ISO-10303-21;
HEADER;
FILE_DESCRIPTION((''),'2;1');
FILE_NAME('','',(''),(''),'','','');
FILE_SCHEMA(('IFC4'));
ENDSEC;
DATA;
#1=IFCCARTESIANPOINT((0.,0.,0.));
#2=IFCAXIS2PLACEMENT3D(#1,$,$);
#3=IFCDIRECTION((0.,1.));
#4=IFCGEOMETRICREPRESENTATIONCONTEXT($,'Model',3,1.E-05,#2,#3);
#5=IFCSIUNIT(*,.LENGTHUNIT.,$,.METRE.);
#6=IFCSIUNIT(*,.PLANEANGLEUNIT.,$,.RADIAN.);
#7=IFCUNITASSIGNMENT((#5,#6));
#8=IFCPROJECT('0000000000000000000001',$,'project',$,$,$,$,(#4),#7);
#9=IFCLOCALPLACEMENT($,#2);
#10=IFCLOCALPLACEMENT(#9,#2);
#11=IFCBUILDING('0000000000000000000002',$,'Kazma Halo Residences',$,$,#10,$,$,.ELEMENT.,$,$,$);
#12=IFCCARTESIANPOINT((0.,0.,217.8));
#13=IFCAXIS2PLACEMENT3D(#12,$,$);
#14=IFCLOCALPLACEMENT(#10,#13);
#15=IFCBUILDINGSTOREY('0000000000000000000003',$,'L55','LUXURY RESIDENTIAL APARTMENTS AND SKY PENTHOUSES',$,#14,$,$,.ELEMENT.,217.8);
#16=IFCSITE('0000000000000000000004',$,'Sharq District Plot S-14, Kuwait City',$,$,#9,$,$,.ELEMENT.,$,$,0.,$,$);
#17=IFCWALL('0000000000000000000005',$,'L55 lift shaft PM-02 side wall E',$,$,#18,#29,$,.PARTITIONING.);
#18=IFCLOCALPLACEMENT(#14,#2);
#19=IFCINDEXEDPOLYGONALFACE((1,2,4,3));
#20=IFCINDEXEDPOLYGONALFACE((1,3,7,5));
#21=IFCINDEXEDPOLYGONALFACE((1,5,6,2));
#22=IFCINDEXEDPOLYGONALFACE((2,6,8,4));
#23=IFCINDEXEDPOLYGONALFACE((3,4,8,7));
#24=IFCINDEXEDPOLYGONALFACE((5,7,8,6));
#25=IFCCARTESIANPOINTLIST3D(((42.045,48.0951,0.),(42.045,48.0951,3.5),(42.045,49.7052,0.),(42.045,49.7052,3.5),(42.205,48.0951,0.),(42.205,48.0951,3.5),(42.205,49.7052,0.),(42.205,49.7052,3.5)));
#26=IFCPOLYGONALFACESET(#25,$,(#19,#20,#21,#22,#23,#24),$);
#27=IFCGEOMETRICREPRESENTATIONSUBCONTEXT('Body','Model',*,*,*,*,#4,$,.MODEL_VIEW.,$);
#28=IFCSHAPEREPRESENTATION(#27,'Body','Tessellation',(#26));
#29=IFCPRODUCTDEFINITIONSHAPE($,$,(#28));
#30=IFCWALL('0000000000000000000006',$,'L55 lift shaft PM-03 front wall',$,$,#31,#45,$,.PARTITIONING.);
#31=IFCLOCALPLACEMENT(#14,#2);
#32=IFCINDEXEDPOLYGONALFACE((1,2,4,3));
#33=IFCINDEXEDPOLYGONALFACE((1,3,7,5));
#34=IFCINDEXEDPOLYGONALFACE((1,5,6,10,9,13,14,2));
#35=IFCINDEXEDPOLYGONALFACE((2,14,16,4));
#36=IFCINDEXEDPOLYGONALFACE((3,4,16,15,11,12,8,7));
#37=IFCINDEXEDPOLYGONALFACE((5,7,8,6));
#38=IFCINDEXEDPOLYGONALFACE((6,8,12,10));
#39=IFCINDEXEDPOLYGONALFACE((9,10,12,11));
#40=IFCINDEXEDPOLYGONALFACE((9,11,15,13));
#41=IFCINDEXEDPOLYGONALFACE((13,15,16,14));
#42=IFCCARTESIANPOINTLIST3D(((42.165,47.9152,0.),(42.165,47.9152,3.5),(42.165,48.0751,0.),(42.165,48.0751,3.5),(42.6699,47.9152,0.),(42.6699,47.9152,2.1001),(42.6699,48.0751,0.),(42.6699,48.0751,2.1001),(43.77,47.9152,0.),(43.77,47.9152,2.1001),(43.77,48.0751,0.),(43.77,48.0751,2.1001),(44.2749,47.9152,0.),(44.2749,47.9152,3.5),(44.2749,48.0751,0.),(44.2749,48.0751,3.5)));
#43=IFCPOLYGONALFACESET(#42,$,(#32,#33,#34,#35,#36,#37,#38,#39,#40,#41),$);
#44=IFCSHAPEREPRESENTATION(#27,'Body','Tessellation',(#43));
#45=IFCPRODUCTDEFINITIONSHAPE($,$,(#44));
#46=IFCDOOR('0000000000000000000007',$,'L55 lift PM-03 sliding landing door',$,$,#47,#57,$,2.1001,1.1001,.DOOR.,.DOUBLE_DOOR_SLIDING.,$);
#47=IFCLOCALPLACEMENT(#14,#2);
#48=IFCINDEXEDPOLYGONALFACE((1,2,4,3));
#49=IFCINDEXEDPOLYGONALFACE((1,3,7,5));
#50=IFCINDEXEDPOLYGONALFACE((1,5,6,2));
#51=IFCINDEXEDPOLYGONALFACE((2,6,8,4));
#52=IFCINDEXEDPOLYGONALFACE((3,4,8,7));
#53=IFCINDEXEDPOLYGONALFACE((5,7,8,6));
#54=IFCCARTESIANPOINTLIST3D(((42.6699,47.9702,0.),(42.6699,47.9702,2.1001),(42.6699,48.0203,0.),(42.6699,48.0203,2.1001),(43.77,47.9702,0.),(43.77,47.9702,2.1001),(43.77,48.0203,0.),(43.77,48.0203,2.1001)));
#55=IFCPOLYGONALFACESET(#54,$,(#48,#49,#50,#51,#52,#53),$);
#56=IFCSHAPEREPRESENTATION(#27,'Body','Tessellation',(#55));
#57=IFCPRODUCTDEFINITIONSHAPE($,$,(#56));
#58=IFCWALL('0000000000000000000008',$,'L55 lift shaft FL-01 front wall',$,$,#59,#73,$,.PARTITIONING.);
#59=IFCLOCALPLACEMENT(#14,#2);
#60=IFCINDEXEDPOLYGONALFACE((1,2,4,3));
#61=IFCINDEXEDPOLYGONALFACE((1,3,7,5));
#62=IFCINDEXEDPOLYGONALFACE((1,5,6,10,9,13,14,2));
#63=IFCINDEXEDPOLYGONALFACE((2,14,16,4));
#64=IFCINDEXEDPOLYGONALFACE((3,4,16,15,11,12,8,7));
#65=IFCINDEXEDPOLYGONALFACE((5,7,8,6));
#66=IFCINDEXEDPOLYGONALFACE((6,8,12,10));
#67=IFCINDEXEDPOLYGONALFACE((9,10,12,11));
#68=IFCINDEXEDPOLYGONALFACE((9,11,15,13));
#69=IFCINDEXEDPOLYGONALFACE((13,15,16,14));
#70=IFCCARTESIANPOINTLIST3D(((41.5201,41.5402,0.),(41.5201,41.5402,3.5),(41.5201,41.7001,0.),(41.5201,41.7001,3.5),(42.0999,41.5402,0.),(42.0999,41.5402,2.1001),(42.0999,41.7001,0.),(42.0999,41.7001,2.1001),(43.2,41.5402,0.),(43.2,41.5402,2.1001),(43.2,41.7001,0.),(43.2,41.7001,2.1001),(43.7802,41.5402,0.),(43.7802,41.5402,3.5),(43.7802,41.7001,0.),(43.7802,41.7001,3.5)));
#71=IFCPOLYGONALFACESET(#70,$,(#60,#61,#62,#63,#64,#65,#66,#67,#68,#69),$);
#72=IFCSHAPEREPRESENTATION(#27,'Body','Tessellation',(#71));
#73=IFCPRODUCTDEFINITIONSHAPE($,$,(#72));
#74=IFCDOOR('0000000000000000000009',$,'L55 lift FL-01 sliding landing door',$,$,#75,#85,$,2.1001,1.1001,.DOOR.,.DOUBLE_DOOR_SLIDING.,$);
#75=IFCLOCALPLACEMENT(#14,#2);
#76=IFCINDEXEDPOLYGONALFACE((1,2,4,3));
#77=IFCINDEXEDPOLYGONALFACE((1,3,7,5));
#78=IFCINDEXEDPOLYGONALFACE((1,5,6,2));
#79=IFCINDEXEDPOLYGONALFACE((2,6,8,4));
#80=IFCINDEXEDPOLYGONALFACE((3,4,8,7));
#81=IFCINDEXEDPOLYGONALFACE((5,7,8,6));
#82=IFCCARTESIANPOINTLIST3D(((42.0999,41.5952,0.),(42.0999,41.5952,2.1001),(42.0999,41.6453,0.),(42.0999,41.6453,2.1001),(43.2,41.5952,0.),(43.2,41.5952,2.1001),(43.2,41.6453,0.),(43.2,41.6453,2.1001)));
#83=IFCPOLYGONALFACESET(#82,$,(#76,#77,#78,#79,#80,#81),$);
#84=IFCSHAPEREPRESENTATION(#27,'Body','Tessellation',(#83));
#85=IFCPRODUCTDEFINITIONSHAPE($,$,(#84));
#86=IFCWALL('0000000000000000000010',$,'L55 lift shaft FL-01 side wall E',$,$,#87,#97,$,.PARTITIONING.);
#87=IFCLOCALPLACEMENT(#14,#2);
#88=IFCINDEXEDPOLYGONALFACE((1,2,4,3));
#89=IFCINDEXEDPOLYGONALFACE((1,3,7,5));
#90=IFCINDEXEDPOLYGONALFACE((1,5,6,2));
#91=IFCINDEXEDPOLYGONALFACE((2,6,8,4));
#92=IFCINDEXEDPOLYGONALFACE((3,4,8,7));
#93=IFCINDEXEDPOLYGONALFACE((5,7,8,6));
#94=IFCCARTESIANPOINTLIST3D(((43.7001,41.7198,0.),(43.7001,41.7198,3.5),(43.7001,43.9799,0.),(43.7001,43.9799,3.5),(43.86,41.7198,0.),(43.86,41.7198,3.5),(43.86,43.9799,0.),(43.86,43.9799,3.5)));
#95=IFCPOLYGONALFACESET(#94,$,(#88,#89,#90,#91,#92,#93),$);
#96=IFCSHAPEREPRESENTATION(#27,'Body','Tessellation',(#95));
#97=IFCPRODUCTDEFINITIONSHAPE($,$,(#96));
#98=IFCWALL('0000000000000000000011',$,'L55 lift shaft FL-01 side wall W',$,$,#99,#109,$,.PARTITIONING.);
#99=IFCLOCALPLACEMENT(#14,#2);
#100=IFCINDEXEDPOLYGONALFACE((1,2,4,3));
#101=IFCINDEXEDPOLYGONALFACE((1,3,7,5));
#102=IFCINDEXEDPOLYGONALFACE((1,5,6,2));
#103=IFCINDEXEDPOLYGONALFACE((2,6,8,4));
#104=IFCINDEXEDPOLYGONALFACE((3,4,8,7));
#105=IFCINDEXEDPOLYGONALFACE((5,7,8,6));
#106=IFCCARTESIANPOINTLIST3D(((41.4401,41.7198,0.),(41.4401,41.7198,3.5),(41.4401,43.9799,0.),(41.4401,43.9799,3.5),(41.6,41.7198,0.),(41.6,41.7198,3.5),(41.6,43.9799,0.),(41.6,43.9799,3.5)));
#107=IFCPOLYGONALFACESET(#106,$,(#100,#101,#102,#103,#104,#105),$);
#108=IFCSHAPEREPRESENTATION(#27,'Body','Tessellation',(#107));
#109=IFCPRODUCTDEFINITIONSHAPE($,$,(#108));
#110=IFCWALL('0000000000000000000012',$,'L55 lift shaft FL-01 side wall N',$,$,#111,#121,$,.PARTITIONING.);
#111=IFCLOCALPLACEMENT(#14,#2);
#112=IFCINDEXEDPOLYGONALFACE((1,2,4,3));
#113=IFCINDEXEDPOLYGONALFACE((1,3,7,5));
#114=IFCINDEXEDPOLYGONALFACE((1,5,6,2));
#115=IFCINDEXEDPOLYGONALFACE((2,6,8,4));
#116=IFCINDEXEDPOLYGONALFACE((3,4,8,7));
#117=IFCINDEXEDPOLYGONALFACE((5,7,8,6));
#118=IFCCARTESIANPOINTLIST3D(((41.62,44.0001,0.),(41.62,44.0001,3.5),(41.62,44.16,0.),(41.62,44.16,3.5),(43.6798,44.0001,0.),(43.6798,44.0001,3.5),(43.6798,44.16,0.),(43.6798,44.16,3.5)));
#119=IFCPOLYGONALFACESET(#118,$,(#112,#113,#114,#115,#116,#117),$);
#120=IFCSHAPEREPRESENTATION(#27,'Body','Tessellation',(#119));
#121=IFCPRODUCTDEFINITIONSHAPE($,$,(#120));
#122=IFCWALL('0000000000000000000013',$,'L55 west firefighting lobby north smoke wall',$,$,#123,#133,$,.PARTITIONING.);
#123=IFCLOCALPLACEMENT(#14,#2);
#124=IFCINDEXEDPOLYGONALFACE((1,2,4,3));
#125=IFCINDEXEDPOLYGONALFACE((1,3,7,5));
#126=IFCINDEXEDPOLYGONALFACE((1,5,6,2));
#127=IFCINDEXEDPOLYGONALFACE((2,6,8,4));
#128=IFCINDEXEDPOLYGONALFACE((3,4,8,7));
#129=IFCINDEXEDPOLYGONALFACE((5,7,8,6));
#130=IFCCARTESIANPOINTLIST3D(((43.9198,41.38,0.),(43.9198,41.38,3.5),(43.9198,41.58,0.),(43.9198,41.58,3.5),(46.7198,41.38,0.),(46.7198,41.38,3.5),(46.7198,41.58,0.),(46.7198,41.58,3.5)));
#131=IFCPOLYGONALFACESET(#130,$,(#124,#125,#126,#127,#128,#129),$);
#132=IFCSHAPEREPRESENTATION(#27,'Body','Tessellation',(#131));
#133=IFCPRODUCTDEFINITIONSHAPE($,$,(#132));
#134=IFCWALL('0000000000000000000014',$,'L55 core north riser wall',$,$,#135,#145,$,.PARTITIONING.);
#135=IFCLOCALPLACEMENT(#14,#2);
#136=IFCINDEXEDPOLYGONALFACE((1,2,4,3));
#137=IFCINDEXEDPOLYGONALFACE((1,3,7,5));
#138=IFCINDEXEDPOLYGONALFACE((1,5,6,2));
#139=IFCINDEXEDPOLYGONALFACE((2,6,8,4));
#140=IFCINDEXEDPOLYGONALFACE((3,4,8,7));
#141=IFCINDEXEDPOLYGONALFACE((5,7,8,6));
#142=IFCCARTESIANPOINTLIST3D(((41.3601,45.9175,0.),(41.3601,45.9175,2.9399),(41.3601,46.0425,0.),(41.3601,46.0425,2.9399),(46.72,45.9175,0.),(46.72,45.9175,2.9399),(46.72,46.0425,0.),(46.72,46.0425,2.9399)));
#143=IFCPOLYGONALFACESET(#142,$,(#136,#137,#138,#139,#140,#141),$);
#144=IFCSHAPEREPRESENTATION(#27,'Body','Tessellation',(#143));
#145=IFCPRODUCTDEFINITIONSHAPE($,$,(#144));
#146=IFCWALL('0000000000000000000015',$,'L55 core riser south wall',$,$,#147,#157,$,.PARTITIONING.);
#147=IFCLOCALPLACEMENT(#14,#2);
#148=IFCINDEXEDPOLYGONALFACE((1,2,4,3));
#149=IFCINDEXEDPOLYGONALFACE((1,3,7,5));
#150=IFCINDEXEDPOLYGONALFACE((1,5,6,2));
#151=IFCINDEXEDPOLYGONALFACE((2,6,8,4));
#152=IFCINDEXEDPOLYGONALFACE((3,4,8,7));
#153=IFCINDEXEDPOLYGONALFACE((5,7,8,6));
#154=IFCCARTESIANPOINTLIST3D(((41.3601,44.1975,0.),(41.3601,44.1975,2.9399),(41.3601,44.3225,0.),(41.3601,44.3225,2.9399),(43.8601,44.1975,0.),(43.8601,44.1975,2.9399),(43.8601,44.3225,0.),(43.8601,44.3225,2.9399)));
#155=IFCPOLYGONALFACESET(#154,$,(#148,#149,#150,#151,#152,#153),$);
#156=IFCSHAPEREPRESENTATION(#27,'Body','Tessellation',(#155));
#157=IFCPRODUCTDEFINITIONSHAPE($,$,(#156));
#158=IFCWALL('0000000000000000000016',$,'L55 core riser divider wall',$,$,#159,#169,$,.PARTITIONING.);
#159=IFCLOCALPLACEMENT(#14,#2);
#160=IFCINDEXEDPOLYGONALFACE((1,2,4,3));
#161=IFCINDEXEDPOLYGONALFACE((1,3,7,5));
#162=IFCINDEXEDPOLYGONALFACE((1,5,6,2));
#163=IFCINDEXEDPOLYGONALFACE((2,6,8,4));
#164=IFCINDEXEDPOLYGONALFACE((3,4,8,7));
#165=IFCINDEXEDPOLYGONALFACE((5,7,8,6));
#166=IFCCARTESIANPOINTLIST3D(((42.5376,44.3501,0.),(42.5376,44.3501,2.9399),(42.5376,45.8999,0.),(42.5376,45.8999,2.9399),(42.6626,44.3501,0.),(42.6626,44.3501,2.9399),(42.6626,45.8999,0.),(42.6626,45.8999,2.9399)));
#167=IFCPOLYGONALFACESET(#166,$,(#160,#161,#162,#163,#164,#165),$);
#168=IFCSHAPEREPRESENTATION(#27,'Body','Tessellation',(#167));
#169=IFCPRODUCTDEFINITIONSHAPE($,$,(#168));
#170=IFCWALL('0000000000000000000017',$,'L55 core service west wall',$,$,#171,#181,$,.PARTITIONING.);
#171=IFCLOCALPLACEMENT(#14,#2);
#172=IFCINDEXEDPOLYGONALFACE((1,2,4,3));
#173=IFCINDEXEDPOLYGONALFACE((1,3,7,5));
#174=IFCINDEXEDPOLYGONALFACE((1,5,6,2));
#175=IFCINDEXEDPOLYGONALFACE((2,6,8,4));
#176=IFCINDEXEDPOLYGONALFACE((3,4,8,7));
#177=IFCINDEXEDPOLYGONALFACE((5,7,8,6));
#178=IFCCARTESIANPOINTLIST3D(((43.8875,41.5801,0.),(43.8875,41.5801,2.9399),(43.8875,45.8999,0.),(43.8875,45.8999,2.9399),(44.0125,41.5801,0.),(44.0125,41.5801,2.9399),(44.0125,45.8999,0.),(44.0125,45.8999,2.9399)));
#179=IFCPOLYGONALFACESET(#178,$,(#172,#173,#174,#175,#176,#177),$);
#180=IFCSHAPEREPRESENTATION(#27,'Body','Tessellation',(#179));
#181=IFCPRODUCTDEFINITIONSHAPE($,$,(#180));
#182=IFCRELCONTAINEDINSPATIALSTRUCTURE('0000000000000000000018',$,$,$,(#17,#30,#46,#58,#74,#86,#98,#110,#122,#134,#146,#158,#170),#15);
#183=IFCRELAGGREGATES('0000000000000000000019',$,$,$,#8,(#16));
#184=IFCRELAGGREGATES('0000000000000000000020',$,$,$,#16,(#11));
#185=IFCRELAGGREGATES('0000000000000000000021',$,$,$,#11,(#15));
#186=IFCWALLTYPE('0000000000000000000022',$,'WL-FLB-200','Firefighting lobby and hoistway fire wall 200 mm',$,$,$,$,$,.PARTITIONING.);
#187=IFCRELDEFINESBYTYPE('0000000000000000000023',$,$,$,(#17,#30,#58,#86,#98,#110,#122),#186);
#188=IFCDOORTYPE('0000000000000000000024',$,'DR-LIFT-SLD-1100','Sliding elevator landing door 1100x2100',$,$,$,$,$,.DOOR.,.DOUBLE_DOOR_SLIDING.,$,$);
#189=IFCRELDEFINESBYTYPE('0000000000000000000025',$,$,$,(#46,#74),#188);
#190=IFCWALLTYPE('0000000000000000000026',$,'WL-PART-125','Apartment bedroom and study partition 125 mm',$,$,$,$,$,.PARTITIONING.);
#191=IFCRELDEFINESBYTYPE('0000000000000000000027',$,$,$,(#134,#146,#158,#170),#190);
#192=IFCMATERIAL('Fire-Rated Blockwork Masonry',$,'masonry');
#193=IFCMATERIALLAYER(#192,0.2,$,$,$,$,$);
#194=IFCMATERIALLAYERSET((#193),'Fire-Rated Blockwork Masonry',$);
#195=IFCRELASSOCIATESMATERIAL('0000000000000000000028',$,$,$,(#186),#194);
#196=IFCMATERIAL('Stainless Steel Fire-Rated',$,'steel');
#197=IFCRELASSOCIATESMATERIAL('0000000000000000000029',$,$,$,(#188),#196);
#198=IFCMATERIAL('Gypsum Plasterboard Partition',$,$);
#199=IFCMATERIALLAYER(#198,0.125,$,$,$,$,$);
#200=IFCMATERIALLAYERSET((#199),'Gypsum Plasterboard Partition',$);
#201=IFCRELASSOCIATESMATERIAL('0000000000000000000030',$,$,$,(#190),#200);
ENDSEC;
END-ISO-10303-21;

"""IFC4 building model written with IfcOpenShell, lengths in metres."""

from ifc_helpers import new_model, si_unit, direction, frame, frame_2d, origin, place, context, subcontext, project, spatial, rectangle, extrude, material, layer, layer_set, type_object, element, fill, save


model = new_model("IFC4")

# Units and contexts
model_context = context("Model", 3, precision=1e-05, world=origin(), true_north=direction((0.0, 1.0)))
body_context = subcontext(model_context, "Body", "Model", "MODEL_VIEW")
ifc_project = project(units=[si_unit("LENGTHUNIT", "METRE"), si_unit("PLANEANGLEUNIT", "RADIAN")], contexts=[model_context])

# Site, building, storey
site_placement = place(None, origin())
site = spatial("IfcSite", under=ifc_project, at=site_placement, Name="Sharq District Plot S-14, Kuwait City", CompositionType="ELEMENT", RefElevation=0.0)
building_placement = place(site_placement, origin())
building = spatial("IfcBuilding", under=site, at=building_placement, Name="Kazma Halo Residences", CompositionType="ELEMENT")
storey_placement = place(building_placement, frame((0.0, 0.0, 217.8)))
storey = spatial("IfcBuildingStorey", under=building, at=storey_placement, Name="L55", Description="LUXURY RESIDENTIAL APARTMENTS AND SKY PENTHOUSES", CompositionType="ELEMENT", Elevation=217.8)

# Shared definitions
ifc_material_1 = material(Name="Fire-Rated Blockwork Masonry", Category="masonry")
ifc_layer_1 = layer(ifc_material_1, 0.2)
ifc_layer_set_1 = layer_set([ifc_layer_1], Name="Fire-Rated Blockwork Masonry")
wall_type_1 = type_object("IfcWallType", Name="WL-FLB-200", Description="Firefighting lobby and hoistway fire wall 200 mm", PredefinedType="PARTITIONING", material=ifc_layer_set_1)
ifc_material_2 = material(Name="Stainless Steel Fire-Rated", Category="steel")
door_type = type_object("IfcDoorType", Name="DR-LIFT-SLD-1100", Description="Sliding elevator landing door 1100x2100", OperationType="DOUBLE_DOOR_SLIDING", PredefinedType="DOOR", material=ifc_material_2)

# Wall
wall_1_placement = place(storey_placement, frame((42.125, 48.095, 0.0), z_axis=(0.0, 0.0, 1.0), x_axis=(0.0, 1.0, 0.0)))
element("IfcWall", 1, at=wall_1_placement, inside=storey, type_object=wall_type_1, Name="L55 lift shaft PM-02 side wall E", PredefinedType="PARTITIONING", context=body_context, shape_type="SweptSolid", body=[
    extrude(rectangle(XDim=1.6101, YDim=0.1599, at=frame_2d((0.8052, 0.0))), origin(), (0.0, 0.0, 1.0), 3.5),
])

# Walls, openings, doors
wall_2_placement = place(storey_placement, frame((44.2749, 47.9951, 0.0), z_axis=(0.0, 0.0, 1.0), x_axis=(-1.0, 0.0, 0.0)))
wall_2 = element("IfcWall", 2, at=wall_2_placement, inside=storey, type_object=wall_type_1, Name="L55 lift shaft PM-03 front wall", PredefinedType="PARTITIONING", context=body_context, shape_type="SweptSolid", body=[
    extrude(rectangle(XDim=2.1099, YDim=0.1599, at=frame_2d((1.0549, 0.0))), origin(), (0.0, 0.0, 1.0), 3.5),
])
opening_1_placement = place(wall_2_placement, frame((0.5049, 0.0, 0.0)))
opening_1 = element("IfcOpeningElement", 3, at=opening_1_placement, cuts=wall_2, PredefinedType="OPENING", context=body_context, shape_type="SweptSolid", body=[
    extrude(rectangle(XDim=1.1001, YDim=2.1001, at=frame_2d((0.55, 1.05))), frame((0.0, 0.0898, 0.0), z_axis=(0.0, -1.0, 0.0), x_axis=(1.0, 0.0, 0.0)), (0.0, 0.0, 1.0), 0.1799),
])
door_1_placement = place(opening_1_placement, origin())
door_1 = element("IfcDoor", 4, at=door_1_placement, inside=storey, type_object=door_type, Name="L55 lift PM-03 sliding landing door", OperationType="DOUBLE_DOOR_SLIDING", OverallHeight=2.1001, OverallWidth=1.1001, PredefinedType="DOOR", context=body_context, shape_type="SweptSolid", body=[
    extrude(rectangle(XDim=1.1001, YDim=2.1001, at=frame_2d((0.55, 1.05))), frame((0.0, 0.0249, 0.0), z_axis=(0.0, -1.0, 0.0), x_axis=(1.0, 0.0, 0.0)), (0.0, 0.0, 1.0), 0.05),
])
fill(opening_1, door_1)
wall_3_placement = place(storey_placement, frame((43.78, 41.6201, 0.0), z_axis=(0.0, 0.0, 1.0), x_axis=(-1.0, 0.0, 0.0)))
wall_3 = element("IfcWall", 5, at=wall_3_placement, inside=storey, type_object=wall_type_1, Name="L55 lift shaft FL-01 front wall", PredefinedType="PARTITIONING", context=body_context, shape_type="SweptSolid", body=[
    extrude(rectangle(XDim=2.26, YDim=0.1599, at=frame_2d((1.1299, 0.0))), origin(), (0.0, 0.0, 1.0), 3.5),
])
opening_2_placement = place(wall_3_placement, frame((0.5801, 0.0, 0.0)))
opening_2 = element("IfcOpeningElement", 6, at=opening_2_placement, cuts=wall_3, PredefinedType="OPENING", context=body_context, shape_type="SweptSolid", body=[
    extrude(rectangle(XDim=1.1001, YDim=2.1001, at=frame_2d((0.55, 1.05))), frame((0.0, 0.0898, 0.0), z_axis=(0.0, -1.0, 0.0), x_axis=(1.0, 0.0, 0.0)), (0.0, 0.0, 1.0), 0.1799),
])
door_2_placement = place(opening_2_placement, origin())
door_2 = element("IfcDoor", 7, at=door_2_placement, inside=storey, type_object=door_type, Name="L55 lift FL-01 sliding landing door", OperationType="DOUBLE_DOOR_SLIDING", OverallHeight=2.1001, OverallWidth=1.1001, PredefinedType="DOOR", context=body_context, shape_type="SweptSolid", body=[
    extrude(rectangle(XDim=1.1001, YDim=2.1001, at=frame_2d((0.55, 1.05))), frame((0.0, 0.0249, 0.0), z_axis=(0.0, -1.0, 0.0), x_axis=(1.0, 0.0, 0.0)), (0.0, 0.0, 1.0), 0.05),
])
fill(opening_2, door_2)

# Walls
for number, where, z_axis, x_axis, name in (
    (8, (43.78, 41.72, 0.0), (0.0, 0.0, 1.0), (0.0, 1.0, 0.0), "L55 lift shaft FL-01 side wall E"),
    (9, (41.52, 41.72, 0.0), (0.0, 0.0, 1.0), (0.0, 1.0, 0.0), "L55 lift shaft FL-01 side wall W"),
):
    element("IfcWall", number, at=place(storey_placement, frame(where, z_axis=z_axis, x_axis=x_axis)), inside=storey, type_object=wall_type_1, Name=name, PredefinedType="PARTITIONING", context=body_context, shape_type="SweptSolid", body=[
        extrude(rectangle(XDim=2.26, YDim=0.1599, at=frame_2d((1.1299, 0.0))), origin(), (0.0, 0.0, 1.0), 3.5),
    ])
wall_4_placement = place(storey_placement, frame((41.6201, 44.0801, 0.0), z_axis=(0.0, 0.0, 1.0), x_axis=(1.0, 0.0, 0.0)))
element("IfcWall", 10, at=wall_4_placement, inside=storey, type_object=wall_type_1, Name="L55 lift shaft FL-01 side wall N", PredefinedType="PARTITIONING", context=body_context, shape_type="SweptSolid", body=[
    extrude(rectangle(XDim=2.0598, YDim=0.1599, at=frame_2d((1.0298, 0.0))), origin(), (0.0, 0.0, 1.0), 3.5),
])
wall_5_placement = place(storey_placement, frame((43.9199, 41.48, 0.0), z_axis=(0.0, 0.0, 1.0), x_axis=(1.0, 0.0, 0.0)))
element("IfcWall", 11, at=wall_5_placement, inside=storey, type_object=wall_type_1, Name="L55 west firefighting lobby north smoke wall", PredefinedType="PARTITIONING", context=body_context, shape_type="SweptSolid", body=[
    extrude(rectangle(XDim=2.8, YDim=0.2, at=frame_2d((1.3999, 0.0))), origin(), (0.0, 0.0, 1.0), 3.5),
])
ifc_material_3 = material(Name="Gypsum Plasterboard Partition")
ifc_layer_2 = layer(ifc_material_3, 0.125)
ifc_layer_set_2 = layer_set([ifc_layer_2], Name="Gypsum Plasterboard Partition")
wall_type_2 = type_object("IfcWallType", Name="WL-PART-125", Description="Apartment bedroom and study partition 125 mm", PredefinedType="PARTITIONING", material=ifc_layer_set_2)
wall_6_placement = place(storey_placement, frame((41.3601, 45.98, 0.0), z_axis=(0.0, 0.0, 1.0), x_axis=(1.0, 0.0, 0.0)))
element("IfcWall", 12, at=wall_6_placement, inside=storey, type_object=wall_type_2, Name="L55 core north riser wall", PredefinedType="PARTITIONING", context=body_context, shape_type="SweptSolid", body=[
    extrude(rectangle(XDim=5.3599, YDim=0.125, at=frame_2d((2.6799, 0.0))), origin(), (0.0, 0.0, 1.0), 2.9399),
])
wall_7_placement = place(storey_placement, frame((41.3601, 44.26, 0.0), z_axis=(0.0, 0.0, 1.0), x_axis=(1.0, 0.0, 0.0)))
element("IfcWall", 13, at=wall_7_placement, inside=storey, type_object=wall_type_2, Name="L55 core riser south wall", PredefinedType="PARTITIONING", context=body_context, shape_type="SweptSolid", body=[
    extrude(rectangle(XDim=2.5, YDim=0.125, at=frame_2d((1.25, 0.0))), origin(), (0.0, 0.0, 1.0), 2.9399),
])
wall_8_placement = place(storey_placement, frame((42.6001, 44.3501, 0.0), z_axis=(0.0, 0.0, 1.0), x_axis=(0.0, 1.0, 0.0)))
element("IfcWall", 14, at=wall_8_placement, inside=storey, type_object=wall_type_2, Name="L55 core riser divider wall", PredefinedType="PARTITIONING", context=body_context, shape_type="SweptSolid", body=[
    extrude(rectangle(XDim=1.5498, YDim=0.125, at=frame_2d((0.7749, 0.0))), origin(), (0.0, 0.0, 1.0), 2.9399),
])
wall_9_placement = place(storey_placement, frame((43.95, 41.5801, 0.0), z_axis=(0.0, 0.0, 1.0), x_axis=(0.0, 1.0, 0.0)))
element("IfcWall", 15, at=wall_9_placement, inside=storey, type_object=wall_type_2, Name="L55 core service west wall", PredefinedType="PARTITIONING", context=body_context, shape_type="SweptSolid", body=[
    extrude(rectangle(XDim=4.3198, YDim=0.125, at=frame_2d((2.1599, 0.0))), origin(), (0.0, 0.0, 1.0), 2.9399),
])

save(model, "model.ifc")
